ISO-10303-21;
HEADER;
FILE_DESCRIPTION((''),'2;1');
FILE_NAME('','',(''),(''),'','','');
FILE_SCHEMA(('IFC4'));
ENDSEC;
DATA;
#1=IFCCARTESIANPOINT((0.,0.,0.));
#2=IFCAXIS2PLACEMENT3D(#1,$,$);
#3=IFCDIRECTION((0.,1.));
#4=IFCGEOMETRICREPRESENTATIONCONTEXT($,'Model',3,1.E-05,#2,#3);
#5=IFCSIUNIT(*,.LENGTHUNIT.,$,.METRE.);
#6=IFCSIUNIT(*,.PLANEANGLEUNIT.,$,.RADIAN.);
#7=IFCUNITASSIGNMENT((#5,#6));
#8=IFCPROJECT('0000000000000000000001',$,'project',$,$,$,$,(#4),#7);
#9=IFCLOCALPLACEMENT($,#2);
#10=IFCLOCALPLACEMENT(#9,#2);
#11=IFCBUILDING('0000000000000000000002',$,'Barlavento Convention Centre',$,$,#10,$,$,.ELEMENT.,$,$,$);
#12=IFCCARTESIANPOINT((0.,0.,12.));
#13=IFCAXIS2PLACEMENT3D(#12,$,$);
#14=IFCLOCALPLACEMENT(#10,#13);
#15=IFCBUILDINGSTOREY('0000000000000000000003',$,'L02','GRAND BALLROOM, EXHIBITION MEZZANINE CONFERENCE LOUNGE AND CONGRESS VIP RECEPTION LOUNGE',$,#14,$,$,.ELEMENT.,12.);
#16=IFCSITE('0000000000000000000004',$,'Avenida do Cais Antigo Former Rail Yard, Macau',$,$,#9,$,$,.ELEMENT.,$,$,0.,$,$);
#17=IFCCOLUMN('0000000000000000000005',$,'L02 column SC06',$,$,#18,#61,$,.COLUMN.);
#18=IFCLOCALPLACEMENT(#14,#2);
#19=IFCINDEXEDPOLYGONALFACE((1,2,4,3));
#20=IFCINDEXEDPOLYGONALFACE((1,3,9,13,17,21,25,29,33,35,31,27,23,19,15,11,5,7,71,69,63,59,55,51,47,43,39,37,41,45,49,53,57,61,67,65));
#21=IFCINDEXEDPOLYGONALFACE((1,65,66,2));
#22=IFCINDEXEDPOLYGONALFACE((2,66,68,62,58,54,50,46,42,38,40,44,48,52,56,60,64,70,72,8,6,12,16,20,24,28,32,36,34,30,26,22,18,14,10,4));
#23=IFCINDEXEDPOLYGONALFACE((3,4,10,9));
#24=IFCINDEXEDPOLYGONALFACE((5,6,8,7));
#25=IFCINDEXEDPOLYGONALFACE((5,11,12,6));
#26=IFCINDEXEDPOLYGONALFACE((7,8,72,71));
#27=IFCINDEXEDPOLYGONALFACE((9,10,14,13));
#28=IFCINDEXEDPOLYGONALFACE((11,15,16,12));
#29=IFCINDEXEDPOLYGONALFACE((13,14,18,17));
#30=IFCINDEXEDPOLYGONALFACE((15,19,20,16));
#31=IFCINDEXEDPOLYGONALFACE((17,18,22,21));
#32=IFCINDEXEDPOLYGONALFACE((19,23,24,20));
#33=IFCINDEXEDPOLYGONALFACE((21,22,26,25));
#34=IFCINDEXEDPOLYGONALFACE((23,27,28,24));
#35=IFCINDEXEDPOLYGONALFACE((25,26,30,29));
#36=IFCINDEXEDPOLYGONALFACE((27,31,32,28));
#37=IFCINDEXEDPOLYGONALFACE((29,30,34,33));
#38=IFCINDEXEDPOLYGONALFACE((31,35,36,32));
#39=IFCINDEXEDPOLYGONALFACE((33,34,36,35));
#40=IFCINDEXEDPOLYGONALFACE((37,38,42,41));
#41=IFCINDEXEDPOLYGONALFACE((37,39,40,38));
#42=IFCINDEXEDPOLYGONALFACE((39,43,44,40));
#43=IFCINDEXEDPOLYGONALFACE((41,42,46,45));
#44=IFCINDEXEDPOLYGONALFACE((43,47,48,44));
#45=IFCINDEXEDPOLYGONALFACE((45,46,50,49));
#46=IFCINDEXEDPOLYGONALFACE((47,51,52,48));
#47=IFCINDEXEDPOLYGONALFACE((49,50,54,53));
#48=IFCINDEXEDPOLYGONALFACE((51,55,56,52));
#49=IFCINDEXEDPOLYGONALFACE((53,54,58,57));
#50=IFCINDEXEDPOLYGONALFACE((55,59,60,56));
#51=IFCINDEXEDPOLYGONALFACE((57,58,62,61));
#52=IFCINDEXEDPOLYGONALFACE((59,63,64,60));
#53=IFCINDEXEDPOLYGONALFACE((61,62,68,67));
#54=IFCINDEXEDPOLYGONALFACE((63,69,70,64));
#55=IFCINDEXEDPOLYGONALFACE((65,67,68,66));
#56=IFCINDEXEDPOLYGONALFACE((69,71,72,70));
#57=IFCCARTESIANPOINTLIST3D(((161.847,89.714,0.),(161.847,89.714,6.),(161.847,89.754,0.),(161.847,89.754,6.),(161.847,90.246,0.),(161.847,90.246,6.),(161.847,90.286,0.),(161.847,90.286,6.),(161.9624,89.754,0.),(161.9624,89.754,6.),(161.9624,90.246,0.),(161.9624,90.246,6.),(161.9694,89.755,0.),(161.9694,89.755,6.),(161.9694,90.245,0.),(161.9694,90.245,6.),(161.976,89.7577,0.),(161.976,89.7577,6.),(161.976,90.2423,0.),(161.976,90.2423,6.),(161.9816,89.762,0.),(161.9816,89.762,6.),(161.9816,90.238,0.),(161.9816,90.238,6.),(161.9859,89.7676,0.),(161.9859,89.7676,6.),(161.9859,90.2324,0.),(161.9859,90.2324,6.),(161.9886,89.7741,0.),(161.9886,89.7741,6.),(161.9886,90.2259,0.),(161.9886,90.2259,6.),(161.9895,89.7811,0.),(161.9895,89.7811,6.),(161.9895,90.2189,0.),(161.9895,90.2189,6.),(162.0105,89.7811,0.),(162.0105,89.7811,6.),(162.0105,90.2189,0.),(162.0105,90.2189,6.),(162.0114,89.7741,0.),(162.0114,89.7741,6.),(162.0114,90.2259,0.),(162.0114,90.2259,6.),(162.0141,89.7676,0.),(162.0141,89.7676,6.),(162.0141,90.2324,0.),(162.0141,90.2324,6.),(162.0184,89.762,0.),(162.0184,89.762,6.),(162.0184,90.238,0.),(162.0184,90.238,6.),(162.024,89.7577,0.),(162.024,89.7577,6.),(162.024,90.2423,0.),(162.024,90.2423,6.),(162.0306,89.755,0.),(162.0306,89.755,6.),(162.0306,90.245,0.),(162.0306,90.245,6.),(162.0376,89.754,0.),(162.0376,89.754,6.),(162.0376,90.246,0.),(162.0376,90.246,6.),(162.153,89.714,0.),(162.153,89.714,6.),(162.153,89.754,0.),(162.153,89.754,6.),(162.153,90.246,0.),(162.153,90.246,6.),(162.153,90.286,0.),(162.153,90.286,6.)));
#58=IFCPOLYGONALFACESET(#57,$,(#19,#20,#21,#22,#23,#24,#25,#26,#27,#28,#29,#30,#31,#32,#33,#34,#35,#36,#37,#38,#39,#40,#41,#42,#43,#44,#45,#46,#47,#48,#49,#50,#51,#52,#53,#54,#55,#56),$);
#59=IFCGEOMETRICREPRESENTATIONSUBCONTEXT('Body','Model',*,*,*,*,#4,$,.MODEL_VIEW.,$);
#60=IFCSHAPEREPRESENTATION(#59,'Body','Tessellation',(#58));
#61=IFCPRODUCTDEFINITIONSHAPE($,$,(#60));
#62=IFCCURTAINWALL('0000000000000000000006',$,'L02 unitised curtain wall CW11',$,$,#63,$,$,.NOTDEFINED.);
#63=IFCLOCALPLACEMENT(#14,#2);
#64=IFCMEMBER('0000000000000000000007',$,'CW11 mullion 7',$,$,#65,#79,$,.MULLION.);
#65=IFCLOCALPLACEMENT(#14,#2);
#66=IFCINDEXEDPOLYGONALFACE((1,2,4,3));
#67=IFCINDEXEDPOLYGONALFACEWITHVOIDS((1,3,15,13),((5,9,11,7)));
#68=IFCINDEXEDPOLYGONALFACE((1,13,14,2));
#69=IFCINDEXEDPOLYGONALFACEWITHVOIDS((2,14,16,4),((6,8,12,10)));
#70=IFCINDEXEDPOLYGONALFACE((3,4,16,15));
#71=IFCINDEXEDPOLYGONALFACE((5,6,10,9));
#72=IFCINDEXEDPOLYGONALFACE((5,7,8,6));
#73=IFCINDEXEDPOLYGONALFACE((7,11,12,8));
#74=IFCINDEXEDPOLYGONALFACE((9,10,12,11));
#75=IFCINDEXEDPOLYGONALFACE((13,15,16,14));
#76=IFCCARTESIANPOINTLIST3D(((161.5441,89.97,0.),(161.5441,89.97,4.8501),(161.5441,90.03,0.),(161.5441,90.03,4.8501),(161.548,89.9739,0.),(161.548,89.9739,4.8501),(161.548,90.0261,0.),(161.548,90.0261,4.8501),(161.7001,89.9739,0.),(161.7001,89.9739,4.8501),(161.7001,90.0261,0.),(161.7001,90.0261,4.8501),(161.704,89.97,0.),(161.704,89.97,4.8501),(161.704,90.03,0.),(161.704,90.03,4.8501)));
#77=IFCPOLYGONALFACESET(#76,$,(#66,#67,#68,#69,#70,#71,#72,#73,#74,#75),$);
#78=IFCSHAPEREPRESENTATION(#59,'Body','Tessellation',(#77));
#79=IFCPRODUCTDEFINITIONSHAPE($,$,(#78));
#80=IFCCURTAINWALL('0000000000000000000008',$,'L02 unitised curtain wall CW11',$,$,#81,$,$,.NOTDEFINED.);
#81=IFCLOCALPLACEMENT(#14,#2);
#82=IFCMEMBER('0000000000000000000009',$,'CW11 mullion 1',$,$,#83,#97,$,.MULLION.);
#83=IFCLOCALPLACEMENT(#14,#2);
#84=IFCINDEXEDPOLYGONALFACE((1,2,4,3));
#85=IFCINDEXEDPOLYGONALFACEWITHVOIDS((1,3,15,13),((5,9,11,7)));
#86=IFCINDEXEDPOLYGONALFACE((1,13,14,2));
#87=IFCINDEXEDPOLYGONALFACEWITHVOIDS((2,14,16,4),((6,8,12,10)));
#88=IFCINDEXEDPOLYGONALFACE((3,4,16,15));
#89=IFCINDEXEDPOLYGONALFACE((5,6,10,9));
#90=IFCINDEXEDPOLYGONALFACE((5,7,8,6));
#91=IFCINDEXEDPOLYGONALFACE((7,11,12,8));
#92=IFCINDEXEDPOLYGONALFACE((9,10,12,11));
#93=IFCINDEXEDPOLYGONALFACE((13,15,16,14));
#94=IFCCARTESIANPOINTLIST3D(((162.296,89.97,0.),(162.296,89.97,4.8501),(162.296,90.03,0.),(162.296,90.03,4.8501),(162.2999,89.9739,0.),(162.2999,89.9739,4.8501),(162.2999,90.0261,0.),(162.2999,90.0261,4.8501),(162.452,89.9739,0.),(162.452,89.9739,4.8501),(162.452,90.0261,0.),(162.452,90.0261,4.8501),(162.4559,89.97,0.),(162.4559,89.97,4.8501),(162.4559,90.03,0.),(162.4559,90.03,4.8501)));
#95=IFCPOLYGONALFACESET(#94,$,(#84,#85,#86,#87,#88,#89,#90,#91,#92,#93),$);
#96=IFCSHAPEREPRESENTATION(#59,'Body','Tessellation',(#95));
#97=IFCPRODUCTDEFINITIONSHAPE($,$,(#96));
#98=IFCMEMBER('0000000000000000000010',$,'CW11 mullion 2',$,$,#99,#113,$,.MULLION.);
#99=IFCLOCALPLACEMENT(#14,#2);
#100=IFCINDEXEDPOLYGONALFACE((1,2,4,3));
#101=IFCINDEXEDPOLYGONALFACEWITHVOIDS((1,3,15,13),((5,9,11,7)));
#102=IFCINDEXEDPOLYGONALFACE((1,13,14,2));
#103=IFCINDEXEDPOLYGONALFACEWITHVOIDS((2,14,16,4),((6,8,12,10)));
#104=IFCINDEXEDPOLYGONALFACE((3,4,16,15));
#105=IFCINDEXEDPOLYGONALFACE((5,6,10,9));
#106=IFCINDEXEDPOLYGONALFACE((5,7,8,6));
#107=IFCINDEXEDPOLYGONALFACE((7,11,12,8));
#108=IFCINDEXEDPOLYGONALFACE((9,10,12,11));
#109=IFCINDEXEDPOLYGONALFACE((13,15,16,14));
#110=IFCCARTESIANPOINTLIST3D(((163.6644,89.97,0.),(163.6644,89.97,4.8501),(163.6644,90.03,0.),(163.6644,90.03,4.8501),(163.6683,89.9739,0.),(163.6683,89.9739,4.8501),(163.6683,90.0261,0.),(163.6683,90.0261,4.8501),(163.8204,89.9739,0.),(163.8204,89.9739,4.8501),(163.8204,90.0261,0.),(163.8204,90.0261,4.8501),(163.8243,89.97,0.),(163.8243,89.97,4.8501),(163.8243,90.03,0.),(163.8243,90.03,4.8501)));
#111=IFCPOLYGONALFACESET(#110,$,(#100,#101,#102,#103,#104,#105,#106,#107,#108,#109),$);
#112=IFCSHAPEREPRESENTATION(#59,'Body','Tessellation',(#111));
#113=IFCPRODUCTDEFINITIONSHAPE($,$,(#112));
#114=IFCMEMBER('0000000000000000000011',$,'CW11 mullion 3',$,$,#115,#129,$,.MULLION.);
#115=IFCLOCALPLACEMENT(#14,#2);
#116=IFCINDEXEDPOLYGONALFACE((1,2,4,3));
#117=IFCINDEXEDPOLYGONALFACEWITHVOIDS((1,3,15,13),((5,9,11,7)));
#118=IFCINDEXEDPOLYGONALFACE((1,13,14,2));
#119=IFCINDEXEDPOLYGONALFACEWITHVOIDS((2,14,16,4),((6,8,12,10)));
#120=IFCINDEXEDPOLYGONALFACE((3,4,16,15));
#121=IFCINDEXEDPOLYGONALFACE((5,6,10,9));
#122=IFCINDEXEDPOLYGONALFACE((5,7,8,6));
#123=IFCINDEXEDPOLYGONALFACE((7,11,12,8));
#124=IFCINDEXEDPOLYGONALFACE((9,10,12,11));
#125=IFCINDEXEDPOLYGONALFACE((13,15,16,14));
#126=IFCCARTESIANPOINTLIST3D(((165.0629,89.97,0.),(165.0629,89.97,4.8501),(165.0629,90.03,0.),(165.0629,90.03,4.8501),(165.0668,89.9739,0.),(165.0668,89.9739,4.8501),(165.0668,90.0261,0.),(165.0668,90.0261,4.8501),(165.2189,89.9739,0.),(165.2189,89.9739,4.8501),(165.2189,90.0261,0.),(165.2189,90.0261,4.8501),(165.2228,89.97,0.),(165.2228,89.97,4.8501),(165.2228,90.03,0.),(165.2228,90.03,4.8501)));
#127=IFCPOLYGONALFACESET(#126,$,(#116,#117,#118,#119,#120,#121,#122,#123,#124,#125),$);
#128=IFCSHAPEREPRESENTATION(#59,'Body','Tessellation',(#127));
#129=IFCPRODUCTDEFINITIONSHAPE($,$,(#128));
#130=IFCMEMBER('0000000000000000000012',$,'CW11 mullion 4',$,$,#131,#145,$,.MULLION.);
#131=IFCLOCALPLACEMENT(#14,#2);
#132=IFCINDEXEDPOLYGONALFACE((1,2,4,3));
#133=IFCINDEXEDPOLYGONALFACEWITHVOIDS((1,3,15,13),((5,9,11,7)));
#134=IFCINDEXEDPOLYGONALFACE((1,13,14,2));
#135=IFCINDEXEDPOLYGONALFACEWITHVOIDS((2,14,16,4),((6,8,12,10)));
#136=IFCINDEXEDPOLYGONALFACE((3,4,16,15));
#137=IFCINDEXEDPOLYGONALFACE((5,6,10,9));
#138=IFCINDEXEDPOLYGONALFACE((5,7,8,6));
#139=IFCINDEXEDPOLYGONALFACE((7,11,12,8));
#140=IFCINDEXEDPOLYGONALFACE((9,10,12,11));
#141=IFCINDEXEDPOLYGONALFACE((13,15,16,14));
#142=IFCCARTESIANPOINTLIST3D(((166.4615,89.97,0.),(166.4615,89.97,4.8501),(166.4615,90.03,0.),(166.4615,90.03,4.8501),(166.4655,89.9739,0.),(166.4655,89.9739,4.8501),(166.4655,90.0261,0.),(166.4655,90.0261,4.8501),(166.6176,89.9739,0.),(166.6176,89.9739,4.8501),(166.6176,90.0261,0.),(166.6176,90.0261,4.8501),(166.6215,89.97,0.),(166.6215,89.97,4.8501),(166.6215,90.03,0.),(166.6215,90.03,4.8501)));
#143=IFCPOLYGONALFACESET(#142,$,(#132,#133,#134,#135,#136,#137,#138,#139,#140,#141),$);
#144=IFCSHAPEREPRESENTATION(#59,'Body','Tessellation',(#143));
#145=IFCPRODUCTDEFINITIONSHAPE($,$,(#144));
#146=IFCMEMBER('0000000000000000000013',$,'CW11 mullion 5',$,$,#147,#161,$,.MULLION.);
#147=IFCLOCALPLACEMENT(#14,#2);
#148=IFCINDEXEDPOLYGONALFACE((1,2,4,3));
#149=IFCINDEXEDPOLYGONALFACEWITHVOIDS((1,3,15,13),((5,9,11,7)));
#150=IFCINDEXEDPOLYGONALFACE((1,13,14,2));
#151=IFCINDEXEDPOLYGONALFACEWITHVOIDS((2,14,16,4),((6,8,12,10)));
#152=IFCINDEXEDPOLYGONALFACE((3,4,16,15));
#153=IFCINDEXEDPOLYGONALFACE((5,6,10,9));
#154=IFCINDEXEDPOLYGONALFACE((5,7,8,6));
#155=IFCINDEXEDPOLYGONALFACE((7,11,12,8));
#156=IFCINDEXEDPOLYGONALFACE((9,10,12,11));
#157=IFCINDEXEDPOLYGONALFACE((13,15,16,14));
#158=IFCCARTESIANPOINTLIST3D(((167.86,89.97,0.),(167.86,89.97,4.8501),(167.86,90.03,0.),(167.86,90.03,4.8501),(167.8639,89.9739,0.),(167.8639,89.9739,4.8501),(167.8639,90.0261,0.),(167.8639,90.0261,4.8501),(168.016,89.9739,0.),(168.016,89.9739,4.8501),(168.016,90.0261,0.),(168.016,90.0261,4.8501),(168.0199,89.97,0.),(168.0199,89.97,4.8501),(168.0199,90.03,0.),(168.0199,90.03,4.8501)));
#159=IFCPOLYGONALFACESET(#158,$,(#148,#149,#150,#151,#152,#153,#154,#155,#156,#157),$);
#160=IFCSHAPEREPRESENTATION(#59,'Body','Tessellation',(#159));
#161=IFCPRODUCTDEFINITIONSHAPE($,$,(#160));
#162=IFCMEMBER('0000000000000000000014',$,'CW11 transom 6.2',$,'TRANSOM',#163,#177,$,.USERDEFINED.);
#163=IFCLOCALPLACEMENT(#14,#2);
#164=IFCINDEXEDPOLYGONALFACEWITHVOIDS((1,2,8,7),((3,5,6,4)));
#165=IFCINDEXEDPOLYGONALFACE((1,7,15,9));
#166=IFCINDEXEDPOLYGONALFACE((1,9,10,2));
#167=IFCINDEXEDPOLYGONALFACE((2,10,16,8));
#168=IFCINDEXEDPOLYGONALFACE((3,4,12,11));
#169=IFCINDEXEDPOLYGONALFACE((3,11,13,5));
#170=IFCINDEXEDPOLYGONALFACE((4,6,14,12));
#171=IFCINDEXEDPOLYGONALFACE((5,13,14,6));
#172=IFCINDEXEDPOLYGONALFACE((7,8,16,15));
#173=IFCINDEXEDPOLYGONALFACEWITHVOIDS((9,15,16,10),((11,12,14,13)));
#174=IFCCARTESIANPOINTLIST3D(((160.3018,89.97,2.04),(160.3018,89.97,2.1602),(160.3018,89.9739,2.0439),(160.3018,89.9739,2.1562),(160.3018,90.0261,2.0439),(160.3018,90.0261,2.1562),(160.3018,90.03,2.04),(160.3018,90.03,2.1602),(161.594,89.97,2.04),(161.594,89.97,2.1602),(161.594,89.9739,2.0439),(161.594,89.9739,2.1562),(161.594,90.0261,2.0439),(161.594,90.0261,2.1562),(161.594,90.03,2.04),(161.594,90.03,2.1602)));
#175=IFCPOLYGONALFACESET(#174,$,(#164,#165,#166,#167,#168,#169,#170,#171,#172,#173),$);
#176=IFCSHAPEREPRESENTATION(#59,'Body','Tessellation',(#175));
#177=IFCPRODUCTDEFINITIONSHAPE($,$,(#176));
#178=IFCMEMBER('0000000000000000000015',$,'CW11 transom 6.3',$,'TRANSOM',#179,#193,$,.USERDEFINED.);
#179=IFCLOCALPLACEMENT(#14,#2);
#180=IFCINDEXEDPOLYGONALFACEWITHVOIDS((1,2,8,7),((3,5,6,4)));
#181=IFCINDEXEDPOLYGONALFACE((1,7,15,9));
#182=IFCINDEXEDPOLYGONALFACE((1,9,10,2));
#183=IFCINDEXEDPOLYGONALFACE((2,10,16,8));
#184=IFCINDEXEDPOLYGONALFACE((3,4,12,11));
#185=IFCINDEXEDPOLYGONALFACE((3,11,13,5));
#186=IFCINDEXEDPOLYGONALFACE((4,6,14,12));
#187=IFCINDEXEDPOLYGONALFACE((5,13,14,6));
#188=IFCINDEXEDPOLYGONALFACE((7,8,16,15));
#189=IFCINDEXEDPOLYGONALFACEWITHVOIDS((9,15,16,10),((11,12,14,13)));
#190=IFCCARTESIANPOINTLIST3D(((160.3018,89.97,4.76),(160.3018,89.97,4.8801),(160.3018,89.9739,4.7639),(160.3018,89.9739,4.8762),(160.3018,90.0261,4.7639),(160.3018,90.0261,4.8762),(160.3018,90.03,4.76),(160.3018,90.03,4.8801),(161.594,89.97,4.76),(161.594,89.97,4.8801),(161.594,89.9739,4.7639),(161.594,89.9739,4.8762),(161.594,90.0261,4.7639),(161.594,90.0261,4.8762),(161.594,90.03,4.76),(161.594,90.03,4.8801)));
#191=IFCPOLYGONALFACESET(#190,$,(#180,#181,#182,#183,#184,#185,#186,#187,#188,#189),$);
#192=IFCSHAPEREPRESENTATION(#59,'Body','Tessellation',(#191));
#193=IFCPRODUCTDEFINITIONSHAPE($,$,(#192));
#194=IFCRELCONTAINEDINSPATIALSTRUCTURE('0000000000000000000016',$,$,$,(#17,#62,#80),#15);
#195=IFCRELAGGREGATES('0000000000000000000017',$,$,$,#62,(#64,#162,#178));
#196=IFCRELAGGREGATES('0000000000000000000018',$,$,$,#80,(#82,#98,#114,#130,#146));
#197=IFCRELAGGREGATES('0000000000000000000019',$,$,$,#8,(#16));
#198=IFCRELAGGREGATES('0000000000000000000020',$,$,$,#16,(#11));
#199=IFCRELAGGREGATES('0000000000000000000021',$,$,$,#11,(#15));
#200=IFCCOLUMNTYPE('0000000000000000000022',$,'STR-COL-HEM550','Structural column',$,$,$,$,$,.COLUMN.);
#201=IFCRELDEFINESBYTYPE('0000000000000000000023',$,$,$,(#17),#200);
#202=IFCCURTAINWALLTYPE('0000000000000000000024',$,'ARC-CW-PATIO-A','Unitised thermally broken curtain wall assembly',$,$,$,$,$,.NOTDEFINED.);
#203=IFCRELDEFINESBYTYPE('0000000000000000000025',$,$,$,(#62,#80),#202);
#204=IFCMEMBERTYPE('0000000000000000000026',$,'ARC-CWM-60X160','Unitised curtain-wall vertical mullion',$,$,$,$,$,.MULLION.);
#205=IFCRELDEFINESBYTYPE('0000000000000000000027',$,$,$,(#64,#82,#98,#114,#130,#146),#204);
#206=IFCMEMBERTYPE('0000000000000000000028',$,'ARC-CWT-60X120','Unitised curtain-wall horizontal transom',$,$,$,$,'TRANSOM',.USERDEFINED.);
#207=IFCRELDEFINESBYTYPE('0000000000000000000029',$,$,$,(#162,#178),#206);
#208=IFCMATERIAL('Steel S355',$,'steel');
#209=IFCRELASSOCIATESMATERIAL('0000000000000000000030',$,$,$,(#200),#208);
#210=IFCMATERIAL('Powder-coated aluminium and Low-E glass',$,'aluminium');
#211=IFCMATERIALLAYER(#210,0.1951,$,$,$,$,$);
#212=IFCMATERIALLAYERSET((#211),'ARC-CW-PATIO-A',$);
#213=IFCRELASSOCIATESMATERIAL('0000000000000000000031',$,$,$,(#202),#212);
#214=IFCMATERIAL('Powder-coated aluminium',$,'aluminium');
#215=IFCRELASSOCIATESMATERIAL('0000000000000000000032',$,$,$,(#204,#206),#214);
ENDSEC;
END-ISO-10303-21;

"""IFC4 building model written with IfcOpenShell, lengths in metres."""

from ifc_helpers import new_model, si_unit, direction, frame, origin, origin_2d, place, context, subcontext, project, spatial, hollow_rectangle, i_section, extrude, material, layer, layer_set, material_profile, profile_set, type_object, element, aggregate, save


model = new_model("IFC4")

# Units and contexts
model_context = context("Model", 3, precision=1e-05, world=origin(), true_north=direction((0.0, 1.0)))
body_context = subcontext(model_context, "Body", "Model", "MODEL_VIEW")
ifc_project = project(units=[si_unit("LENGTHUNIT", "METRE"), si_unit("PLANEANGLEUNIT", "RADIAN")], contexts=[model_context])

# Site, building, storey
site_placement = place(None, origin())
site = spatial("IfcSite", under=ifc_project, at=site_placement, Name="Avenida do Cais Antigo Former Rail Yard, Macau", CompositionType="ELEMENT", RefElevation=0.0)
building_placement = place(site_placement, origin())
building = spatial("IfcBuilding", under=site, at=building_placement, Name="Barlavento Convention Centre", CompositionType="ELEMENT")
storey_placement = place(building_placement, frame((0.0, 0.0, 12.0)))
storey = spatial("IfcBuildingStorey", under=building, at=storey_placement, Name="L02", Description="GRAND BALLROOM, EXHIBITION MEZZANINE CONFERENCE LOUNGE AND CONGRESS VIP RECEPTION LOUNGE", CompositionType="ELEMENT", Elevation=12.0)

# Column
ifc_material_1 = material(Name="Steel S355", Category="steel")
ifc_material_profile_1 = material_profile(ifc_material_1, i_section(OverallWidth=0.3059, OverallDepth=0.572, WebThickness=0.021, FlangeThickness=0.04, FilletRadius=0.0271, at=origin_2d()), Name="HEM 550")
ifc_profile_set_1 = profile_set([ifc_material_profile_1], Name="Steel S355")
column_type = type_object("IfcColumnType", Name="STR-COL-HEM550", Description="Structural column", PredefinedType="COLUMN", material=ifc_profile_set_1)
column_placement = place(storey_placement, frame((162.0, 90.0, 0.0), z_axis=(0.0, 0.0, 1.0), x_axis=(1.0, 0.0, 0.0)))
element("IfcColumn", 1, at=column_placement, inside=storey, type_object=column_type, Name="L02 column SC06", PredefinedType="COLUMN", context=body_context, shape_type="SweptSolid", body=[
    extrude(i_section(OverallWidth=0.3059, OverallDepth=0.572, WebThickness=0.021, FlangeThickness=0.04, FilletRadius=0.0271, at=origin_2d()), origin(), (0.0, 0.0, 1.0), 6.0),
])

# Curtain wall, member
ifc_material_2 = material(Name="Powder-coated aluminium and Low-E glass", Category="aluminium")
ifc_layer_1 = layer(ifc_material_2, 0.1951)
ifc_layer_set_1 = layer_set([ifc_layer_1], Name="ARC-CW-PATIO-A")
curtain_wall_type = type_object("IfcCurtainWallType", Name="ARC-CW-PATIO-A", Description="Unitised thermally broken curtain wall assembly", PredefinedType="NOTDEFINED", material=ifc_layer_set_1)
curtain_wall_1_placement = place(storey_placement, origin())
curtain_wall_1 = element("IfcCurtainWall", 2, at=curtain_wall_1_placement, inside=storey, type_object=curtain_wall_type, Name="L02 unitised curtain wall CW11", PredefinedType="NOTDEFINED")
ifc_material_3 = material(Name="Powder-coated aluminium", Category="aluminium")
ifc_material_profile_2 = material_profile(ifc_material_3, hollow_rectangle(XDim=0.0601, YDim=0.1599, WallThickness=0.0039, at=origin_2d()), Name="AL-MULL 60x160x4")
ifc_profile_set_2 = profile_set([ifc_material_profile_2], Name="Powder-coated aluminium")
member_type_1 = type_object("IfcMemberType", Name="ARC-CWM-60X160", Description="Unitised curtain-wall vertical mullion", PredefinedType="MULLION", material=ifc_profile_set_2)
member_1_placement = place(storey_placement, frame((161.624, 90.0, 0.0), z_axis=(0.0, 0.0, 1.0), x_axis=(0.0, 1.0, 0.0)))
member_1 = element("IfcMember", 3, at=member_1_placement, type_object=member_type_1, Name="CW11 mullion 7", PredefinedType="MULLION", context=body_context, shape_type="SweptSolid", body=[
    extrude(hollow_rectangle(XDim=0.0601, YDim=0.1599, WallThickness=0.0039, at=origin_2d()), origin(), (0.0, 0.0, 1.0), 4.8501),
])

# Curtain wall, members
curtain_wall_2_placement = place(storey_placement, origin())
curtain_wall_2 = element("IfcCurtainWall", 4, at=curtain_wall_2_placement, inside=storey, type_object=curtain_wall_type, Name="L02 unitised curtain wall CW11", PredefinedType="NOTDEFINED")
member_2_placement = place(storey_placement, frame((162.376, 90.0, 0.0), z_axis=(0.0, 0.0, 1.0), x_axis=(0.0, 1.0, 0.0)))
member_2 = element("IfcMember", 5, at=member_2_placement, type_object=member_type_1, Name="CW11 mullion 1", PredefinedType="MULLION", context=body_context, shape_type="SweptSolid", body=[
    extrude(hollow_rectangle(XDim=0.0601, YDim=0.1599, WallThickness=0.0039, at=origin_2d()), origin(), (0.0, 0.0, 1.0), 4.8501),
])
member_3_placement = place(storey_placement, frame((163.7444, 90.0, 0.0), z_axis=(0.0, 0.0, 1.0), x_axis=(0.0, 1.0, 0.0)))
member_3 = element("IfcMember", 6, at=member_3_placement, type_object=member_type_1, Name="CW11 mullion 2", PredefinedType="MULLION", context=body_context, shape_type="SweptSolid", body=[
    extrude(hollow_rectangle(XDim=0.0601, YDim=0.1599, WallThickness=0.0039, at=origin_2d()), origin(), (0.0, 0.0, 1.0), 4.8501),
])
member_4_placement = place(storey_placement, frame((165.1428, 90.0, 0.0), z_axis=(0.0, 0.0, 1.0), x_axis=(0.0, 1.0, 0.0)))
member_4 = element("IfcMember", 7, at=member_4_placement, type_object=member_type_1, Name="CW11 mullion 3", PredefinedType="MULLION", context=body_context, shape_type="SweptSolid", body=[
    extrude(hollow_rectangle(XDim=0.0601, YDim=0.1599, WallThickness=0.0039, at=origin_2d()), origin(), (0.0, 0.0, 1.0), 4.8501),
])
member_5_placement = place(storey_placement, frame((166.5415, 90.0, 0.0), z_axis=(0.0, 0.0, 1.0), x_axis=(0.0, 1.0, 0.0)))
member_5 = element("IfcMember", 8, at=member_5_placement, type_object=member_type_1, Name="CW11 mullion 4", PredefinedType="MULLION", context=body_context, shape_type="SweptSolid", body=[
    extrude(hollow_rectangle(XDim=0.0601, YDim=0.1599, WallThickness=0.0039, at=origin_2d()), origin(), (0.0, 0.0, 1.0), 4.8501),
])
member_6_placement = place(storey_placement, frame((167.9399, 90.0, 0.0), z_axis=(0.0, 0.0, 1.0), x_axis=(0.0, 1.0, 0.0)))
member_6 = element("IfcMember", 9, at=member_6_placement, type_object=member_type_1, Name="CW11 mullion 5", PredefinedType="MULLION", context=body_context, shape_type="SweptSolid", body=[
    extrude(hollow_rectangle(XDim=0.0601, YDim=0.1599, WallThickness=0.0039, at=origin_2d()), origin(), (0.0, 0.0, 1.0), 4.8501),
])

# Members
ifc_material_profile_3 = material_profile(ifc_material_3, hollow_rectangle(XDim=0.0601, YDim=0.1201, WallThickness=0.0039, at=origin_2d()), Name="AL-TRAN 60x120x4")
ifc_profile_set_3 = profile_set([ifc_material_profile_3], Name="Powder-coated aluminium")
member_type_2 = type_object("IfcMemberType", Name="ARC-CWT-60X120", Description="Unitised curtain-wall horizontal transom", ElementType="TRANSOM", PredefinedType="USERDEFINED", material=ifc_profile_set_3)
member_7_placement = place(storey_placement, frame((160.3018, 90.0, 2.1001), z_axis=(1.0, 0.0, 0.0), x_axis=(0.0, 1.0, 0.0)))
member_7 = element("IfcMember", 10, at=member_7_placement, type_object=member_type_2, Name="CW11 transom 6.2", ObjectType="TRANSOM", PredefinedType="USERDEFINED", context=body_context, shape_type="SweptSolid", body=[
    extrude(hollow_rectangle(XDim=0.0601, YDim=0.1201, WallThickness=0.0039, at=origin_2d()), origin(), (0.0, 0.0, 1.0), 1.2922),
])
member_8_placement = place(storey_placement, frame((160.3018, 90.0, 4.8201), z_axis=(1.0, 0.0, 0.0), x_axis=(0.0, 1.0, 0.0)))
member_8 = element("IfcMember", 11, at=member_8_placement, type_object=member_type_2, Name="CW11 transom 6.3", ObjectType="TRANSOM", PredefinedType="USERDEFINED", context=body_context, shape_type="SweptSolid", body=[
    extrude(hollow_rectangle(XDim=0.0601, YDim=0.1201, WallThickness=0.0039, at=origin_2d()), origin(), (0.0, 0.0, 1.0), 1.2922),
])

aggregate(curtain_wall_1, [member_1, member_7, member_8])
aggregate(curtain_wall_2, [member_2, member_3, member_4, member_5, member_6])

save(model, "model.ifc")
